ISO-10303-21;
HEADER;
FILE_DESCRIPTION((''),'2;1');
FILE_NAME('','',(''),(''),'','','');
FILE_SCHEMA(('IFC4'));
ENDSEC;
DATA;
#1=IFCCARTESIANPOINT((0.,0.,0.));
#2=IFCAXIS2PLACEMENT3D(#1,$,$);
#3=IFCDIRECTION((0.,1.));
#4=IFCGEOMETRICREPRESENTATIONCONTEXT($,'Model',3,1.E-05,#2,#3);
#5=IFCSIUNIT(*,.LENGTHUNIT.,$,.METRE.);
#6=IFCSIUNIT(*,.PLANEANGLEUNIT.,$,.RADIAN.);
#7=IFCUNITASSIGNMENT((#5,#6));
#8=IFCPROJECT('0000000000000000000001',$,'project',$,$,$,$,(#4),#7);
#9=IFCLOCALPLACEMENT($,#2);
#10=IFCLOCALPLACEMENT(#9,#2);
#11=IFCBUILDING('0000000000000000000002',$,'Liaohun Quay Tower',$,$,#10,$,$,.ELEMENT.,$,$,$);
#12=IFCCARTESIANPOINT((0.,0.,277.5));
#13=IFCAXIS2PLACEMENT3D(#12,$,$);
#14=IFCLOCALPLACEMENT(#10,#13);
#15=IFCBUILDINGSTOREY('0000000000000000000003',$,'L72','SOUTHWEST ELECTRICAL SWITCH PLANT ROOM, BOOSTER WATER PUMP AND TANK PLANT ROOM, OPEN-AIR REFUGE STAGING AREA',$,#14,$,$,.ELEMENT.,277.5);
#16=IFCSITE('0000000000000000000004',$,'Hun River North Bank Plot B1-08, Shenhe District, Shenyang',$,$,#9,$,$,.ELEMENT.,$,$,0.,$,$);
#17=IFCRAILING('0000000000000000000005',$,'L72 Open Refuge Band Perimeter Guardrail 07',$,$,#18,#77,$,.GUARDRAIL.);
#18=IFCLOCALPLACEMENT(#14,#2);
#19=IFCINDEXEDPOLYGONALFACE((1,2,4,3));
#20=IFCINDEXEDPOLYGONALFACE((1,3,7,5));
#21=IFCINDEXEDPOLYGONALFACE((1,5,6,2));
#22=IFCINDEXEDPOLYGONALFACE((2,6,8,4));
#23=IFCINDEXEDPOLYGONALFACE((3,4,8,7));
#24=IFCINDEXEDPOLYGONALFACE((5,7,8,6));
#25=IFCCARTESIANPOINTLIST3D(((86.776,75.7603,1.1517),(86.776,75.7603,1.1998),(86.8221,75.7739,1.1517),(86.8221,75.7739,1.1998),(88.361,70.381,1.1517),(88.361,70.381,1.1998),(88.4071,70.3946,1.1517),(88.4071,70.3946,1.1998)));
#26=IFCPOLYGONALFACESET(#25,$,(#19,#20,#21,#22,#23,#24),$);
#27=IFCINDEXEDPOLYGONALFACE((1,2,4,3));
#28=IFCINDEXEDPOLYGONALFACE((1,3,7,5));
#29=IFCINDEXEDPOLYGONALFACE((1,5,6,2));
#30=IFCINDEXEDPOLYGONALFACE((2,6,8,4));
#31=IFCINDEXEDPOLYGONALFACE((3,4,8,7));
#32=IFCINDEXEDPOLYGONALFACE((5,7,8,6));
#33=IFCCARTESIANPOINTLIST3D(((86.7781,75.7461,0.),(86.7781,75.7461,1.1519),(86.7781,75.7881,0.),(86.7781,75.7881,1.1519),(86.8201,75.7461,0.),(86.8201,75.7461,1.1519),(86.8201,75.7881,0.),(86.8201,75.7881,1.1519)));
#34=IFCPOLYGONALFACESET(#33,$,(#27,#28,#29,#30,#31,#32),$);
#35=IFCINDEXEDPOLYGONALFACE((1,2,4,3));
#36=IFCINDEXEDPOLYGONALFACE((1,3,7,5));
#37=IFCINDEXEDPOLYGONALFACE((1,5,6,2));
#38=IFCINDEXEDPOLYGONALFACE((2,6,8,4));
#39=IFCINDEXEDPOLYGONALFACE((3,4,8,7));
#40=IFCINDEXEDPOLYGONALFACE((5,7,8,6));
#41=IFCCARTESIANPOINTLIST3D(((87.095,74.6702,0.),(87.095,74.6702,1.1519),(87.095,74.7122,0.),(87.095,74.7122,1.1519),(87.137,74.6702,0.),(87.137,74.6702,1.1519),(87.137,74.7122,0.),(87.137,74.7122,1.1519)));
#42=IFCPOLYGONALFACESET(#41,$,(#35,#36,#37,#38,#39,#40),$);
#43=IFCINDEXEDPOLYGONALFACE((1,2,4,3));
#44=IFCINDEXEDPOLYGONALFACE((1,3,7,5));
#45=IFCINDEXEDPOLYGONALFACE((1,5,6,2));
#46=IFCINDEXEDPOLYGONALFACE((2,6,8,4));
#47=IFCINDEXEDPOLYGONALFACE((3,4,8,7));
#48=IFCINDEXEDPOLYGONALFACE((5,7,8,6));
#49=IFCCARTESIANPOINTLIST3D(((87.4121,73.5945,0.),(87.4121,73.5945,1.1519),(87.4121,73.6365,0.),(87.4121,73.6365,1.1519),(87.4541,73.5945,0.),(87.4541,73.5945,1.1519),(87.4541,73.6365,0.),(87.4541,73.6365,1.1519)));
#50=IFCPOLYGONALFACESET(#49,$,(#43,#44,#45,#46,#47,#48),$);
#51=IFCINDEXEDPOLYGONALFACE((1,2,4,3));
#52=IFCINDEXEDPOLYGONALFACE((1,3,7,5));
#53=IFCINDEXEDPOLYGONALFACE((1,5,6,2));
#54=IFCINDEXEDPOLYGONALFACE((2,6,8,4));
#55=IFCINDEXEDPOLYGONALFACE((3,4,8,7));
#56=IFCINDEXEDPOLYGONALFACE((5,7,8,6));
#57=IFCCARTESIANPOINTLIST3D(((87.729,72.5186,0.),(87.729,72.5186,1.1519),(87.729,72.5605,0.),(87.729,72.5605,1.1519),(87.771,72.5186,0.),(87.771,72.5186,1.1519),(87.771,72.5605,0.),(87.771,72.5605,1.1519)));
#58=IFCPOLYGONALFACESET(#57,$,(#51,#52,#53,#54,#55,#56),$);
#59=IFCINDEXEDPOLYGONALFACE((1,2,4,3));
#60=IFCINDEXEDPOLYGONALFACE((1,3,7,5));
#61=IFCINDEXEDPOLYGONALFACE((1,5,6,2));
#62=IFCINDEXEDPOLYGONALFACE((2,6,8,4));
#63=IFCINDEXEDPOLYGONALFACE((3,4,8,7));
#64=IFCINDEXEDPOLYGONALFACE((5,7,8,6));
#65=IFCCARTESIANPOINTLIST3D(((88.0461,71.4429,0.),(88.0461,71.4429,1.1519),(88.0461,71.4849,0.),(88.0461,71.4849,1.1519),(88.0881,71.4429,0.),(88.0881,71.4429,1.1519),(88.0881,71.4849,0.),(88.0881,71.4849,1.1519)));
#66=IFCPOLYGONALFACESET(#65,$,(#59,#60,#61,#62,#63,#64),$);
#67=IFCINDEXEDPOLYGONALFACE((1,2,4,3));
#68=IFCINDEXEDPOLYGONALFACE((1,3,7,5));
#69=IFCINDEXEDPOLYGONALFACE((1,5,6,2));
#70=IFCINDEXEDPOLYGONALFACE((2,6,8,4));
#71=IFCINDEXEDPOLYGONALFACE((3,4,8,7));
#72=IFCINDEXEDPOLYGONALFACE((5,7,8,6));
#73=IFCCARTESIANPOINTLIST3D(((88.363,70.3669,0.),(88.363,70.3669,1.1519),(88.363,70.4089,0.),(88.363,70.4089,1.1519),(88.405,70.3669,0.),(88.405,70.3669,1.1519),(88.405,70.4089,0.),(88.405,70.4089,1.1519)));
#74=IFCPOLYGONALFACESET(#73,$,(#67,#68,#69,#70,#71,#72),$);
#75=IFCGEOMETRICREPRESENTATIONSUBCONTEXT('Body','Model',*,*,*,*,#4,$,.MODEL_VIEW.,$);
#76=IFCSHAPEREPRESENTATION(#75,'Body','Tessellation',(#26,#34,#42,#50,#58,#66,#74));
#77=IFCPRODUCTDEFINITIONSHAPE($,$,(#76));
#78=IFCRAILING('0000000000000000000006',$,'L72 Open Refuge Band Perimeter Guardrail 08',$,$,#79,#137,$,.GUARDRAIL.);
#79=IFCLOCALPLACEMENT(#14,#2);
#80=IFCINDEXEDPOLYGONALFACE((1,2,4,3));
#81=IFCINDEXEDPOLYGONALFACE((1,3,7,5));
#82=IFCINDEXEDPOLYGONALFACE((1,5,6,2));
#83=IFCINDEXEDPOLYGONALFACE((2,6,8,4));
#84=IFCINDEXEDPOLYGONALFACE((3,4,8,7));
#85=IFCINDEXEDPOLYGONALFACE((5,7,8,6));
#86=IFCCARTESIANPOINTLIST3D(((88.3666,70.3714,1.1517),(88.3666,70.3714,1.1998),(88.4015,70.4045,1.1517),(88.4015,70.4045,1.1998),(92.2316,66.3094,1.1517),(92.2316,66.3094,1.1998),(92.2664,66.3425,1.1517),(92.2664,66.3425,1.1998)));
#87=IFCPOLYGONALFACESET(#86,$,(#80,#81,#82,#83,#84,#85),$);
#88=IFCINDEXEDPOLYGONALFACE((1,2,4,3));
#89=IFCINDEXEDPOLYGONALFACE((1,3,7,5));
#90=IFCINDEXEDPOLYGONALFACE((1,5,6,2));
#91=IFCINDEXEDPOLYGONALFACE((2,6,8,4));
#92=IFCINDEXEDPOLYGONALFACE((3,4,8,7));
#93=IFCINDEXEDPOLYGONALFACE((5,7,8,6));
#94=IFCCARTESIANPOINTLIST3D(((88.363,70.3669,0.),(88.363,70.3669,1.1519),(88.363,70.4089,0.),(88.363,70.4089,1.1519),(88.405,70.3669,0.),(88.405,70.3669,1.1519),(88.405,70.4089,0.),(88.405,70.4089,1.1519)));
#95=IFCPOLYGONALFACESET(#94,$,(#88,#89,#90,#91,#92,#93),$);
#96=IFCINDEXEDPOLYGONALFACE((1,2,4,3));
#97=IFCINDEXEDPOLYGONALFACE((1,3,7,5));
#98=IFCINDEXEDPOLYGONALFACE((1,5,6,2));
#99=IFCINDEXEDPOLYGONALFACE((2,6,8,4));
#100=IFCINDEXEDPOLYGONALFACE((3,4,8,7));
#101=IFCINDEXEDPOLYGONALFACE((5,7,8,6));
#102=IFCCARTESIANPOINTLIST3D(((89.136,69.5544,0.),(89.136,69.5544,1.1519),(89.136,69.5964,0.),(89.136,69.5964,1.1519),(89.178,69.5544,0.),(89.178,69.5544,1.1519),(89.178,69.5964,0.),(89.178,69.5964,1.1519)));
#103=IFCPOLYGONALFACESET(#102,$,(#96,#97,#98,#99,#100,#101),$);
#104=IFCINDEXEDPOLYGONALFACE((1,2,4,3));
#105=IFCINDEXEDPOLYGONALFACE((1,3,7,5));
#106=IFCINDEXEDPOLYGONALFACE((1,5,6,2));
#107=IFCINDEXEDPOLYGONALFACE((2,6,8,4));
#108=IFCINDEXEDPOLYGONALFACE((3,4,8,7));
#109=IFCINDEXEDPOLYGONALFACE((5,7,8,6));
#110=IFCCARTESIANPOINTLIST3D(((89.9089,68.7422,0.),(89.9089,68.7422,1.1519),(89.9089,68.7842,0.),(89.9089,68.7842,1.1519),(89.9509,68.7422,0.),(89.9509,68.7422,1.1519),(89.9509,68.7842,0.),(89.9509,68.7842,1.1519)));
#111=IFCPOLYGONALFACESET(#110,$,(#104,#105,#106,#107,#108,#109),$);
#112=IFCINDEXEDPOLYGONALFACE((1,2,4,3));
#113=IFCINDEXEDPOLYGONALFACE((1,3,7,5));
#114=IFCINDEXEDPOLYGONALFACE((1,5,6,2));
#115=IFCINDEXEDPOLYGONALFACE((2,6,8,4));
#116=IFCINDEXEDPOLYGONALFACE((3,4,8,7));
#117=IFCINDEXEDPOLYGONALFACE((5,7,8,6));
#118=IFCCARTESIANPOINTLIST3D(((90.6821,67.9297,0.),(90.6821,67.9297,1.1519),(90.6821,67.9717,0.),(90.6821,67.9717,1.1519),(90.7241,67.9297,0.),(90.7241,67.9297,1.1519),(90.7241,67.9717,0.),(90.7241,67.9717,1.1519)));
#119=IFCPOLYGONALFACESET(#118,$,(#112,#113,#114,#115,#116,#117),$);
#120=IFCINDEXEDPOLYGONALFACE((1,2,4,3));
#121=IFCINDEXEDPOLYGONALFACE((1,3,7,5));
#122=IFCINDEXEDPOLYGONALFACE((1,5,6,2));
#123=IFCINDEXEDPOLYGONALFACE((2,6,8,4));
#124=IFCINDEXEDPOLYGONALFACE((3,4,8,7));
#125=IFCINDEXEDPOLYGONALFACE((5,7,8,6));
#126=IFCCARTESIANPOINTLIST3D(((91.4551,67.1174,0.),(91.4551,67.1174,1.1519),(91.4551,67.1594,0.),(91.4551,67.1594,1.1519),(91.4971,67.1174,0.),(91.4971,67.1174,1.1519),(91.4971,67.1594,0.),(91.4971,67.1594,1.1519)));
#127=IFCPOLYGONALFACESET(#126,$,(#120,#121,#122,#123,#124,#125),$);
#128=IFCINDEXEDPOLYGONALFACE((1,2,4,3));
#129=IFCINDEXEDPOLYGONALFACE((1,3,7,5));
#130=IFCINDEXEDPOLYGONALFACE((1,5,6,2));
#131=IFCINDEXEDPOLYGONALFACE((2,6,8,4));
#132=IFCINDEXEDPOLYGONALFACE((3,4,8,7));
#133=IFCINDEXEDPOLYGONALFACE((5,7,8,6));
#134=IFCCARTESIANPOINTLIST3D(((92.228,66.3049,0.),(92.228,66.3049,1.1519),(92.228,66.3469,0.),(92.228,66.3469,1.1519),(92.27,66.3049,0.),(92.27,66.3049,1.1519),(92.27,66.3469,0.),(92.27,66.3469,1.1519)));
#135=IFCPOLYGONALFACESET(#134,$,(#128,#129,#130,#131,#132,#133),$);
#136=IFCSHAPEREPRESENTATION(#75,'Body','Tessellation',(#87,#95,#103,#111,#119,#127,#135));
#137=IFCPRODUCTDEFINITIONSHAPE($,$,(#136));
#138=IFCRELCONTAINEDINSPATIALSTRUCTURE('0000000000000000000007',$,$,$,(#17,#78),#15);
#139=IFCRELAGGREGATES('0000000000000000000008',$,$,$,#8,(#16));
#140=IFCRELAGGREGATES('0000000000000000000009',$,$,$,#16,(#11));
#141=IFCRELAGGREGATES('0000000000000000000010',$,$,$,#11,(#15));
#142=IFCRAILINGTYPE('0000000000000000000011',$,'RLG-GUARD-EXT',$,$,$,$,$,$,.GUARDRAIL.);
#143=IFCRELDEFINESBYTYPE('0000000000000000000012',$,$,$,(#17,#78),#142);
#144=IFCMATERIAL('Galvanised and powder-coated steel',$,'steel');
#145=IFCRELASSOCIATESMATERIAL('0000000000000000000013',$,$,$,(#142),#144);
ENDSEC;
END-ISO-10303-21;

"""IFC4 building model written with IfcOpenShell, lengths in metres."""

from ifc_helpers import new_model, si_unit, direction, frame, origin, origin_2d, place, context, subcontext, project, spatial, rectangle, extrude, material, type_object, element, save


model = new_model("IFC4")

# Units and contexts
model_context = context("Model", 3, precision=1e-05, world=origin(), true_north=direction((0.0, 1.0)))
body_context = subcontext(model_context, "Body", "Model", "MODEL_VIEW")
ifc_project = project(units=[si_unit("LENGTHUNIT", "METRE"), si_unit("PLANEANGLEUNIT", "RADIAN")], contexts=[model_context])

# Site, building, storey
site_placement = place(None, origin())
site = spatial("IfcSite", under=ifc_project, at=site_placement, Name="Hun River North Bank Plot B1-08, Shenhe District, Shenyang", CompositionType="ELEMENT", RefElevation=0.0)
building_placement = place(site_placement, origin())
building = spatial("IfcBuilding", under=site, at=building_placement, Name="Liaohun Quay Tower", CompositionType="ELEMENT")
storey_placement = place(building_placement, frame((0.0, 0.0, 277.5)))
storey = spatial("IfcBuildingStorey", under=building, at=storey_placement, Name="L72", Description="SOUTHWEST ELECTRICAL SWITCH PLANT ROOM, BOOSTER WATER PUMP AND TANK PLANT ROOM, OPEN-AIR REFUGE STAGING AREA", CompositionType="ELEMENT", Elevation=277.5)

# Railings
ifc_material_1 = material(Name="Galvanised and powder-coated steel", Category="steel")
railing_type = type_object("IfcRailingType", Name="RLG-GUARD-EXT", PredefinedType="GUARDRAIL", material=ifc_material_1)
railing_1_placement = place(storey_placement, frame((86.7991, 75.7671, 0.0)))
element("IfcRailing", 1, at=railing_1_placement, inside=storey, type_object=railing_type, Name="L72 Open Refuge Band Perimeter Guardrail 07", PredefinedType="GUARDRAIL", context=body_context, shape_type="SweptSolid", body=[
    extrude(rectangle(XDim=0.0481, YDim=0.0481, at=origin_2d()), frame((0.0, 0.0, 1.1758), z_axis=(0.282635, -0.959227, 0.0), x_axis=(0.959227, 0.282635, 0.0)), (0.0, 0.0, 1.0), 5.6079),
    extrude(rectangle(XDim=0.042, YDim=0.042, at=origin_2d()), origin(), (0.0, 0.0, 1.0), 1.1519),
    extrude(rectangle(XDim=0.042, YDim=0.042, at=origin_2d()), frame((0.3169, -1.0759, 0.0)), (0.0, 0.0, 1.0), 1.1519),
    extrude(rectangle(XDim=0.042, YDim=0.042, at=origin_2d()), frame((0.634, -2.1516, 0.0)), (0.0, 0.0, 1.0), 1.1519),
    extrude(rectangle(XDim=0.042, YDim=0.042, at=origin_2d()), frame((0.9509, -3.2275, 0.0)), (0.0, 0.0, 1.0), 1.1519),
    extrude(rectangle(XDim=0.042, YDim=0.042, at=origin_2d()), frame((1.2681, -4.3032, 0.0)), (0.0, 0.0, 1.0), 1.1519),
    extrude(rectangle(XDim=0.042, YDim=0.042, at=origin_2d()), frame((1.585, -5.3792, 0.0)), (0.0, 0.0, 1.0), 1.1519),
])
railing_2_placement = place(storey_placement, frame((88.384, 70.3879, 0.0)))
element("IfcRailing", 2, at=railing_2_placement, inside=storey, type_object=railing_type, Name="L72 Open Refuge Band Perimeter Guardrail 08", PredefinedType="GUARDRAIL", context=body_context, shape_type="SweptSolid", body=[
    extrude(rectangle(XDim=0.0481, YDim=0.0481, at=origin_2d()), frame((0.0, 0.0, 1.1758), z_axis=(0.689319, -0.724458, 0.0), x_axis=(0.724458, 0.689319, 0.0)), (0.0, 0.0, 1.0), 5.6069),
    extrude(rectangle(XDim=0.042, YDim=0.042, at=origin_2d()), origin(), (0.0, 0.0, 1.0), 1.1519),
    extrude(rectangle(XDim=0.042, YDim=0.042, at=origin_2d()), frame((0.7729, -0.8125, 0.0)), (0.0, 0.0, 1.0), 1.1519),
    extrude(rectangle(XDim=0.042, YDim=0.042, at=origin_2d()), frame((1.5459, -1.6248, 0.0)), (0.0, 0.0, 1.0), 1.1519),
    extrude(rectangle(XDim=0.042, YDim=0.042, at=origin_2d()), frame((2.3191, -2.4373, 0.0)), (0.0, 0.0, 1.0), 1.1519),
    extrude(rectangle(XDim=0.042, YDim=0.042, at=origin_2d()), frame((3.092, -3.2495, 0.0)), (0.0, 0.0, 1.0), 1.1519),
    extrude(rectangle(XDim=0.042, YDim=0.042, at=origin_2d()), frame((3.865, -4.062, 0.0)), (0.0, 0.0, 1.0), 1.1519),
])

save(model, "model.ifc")
